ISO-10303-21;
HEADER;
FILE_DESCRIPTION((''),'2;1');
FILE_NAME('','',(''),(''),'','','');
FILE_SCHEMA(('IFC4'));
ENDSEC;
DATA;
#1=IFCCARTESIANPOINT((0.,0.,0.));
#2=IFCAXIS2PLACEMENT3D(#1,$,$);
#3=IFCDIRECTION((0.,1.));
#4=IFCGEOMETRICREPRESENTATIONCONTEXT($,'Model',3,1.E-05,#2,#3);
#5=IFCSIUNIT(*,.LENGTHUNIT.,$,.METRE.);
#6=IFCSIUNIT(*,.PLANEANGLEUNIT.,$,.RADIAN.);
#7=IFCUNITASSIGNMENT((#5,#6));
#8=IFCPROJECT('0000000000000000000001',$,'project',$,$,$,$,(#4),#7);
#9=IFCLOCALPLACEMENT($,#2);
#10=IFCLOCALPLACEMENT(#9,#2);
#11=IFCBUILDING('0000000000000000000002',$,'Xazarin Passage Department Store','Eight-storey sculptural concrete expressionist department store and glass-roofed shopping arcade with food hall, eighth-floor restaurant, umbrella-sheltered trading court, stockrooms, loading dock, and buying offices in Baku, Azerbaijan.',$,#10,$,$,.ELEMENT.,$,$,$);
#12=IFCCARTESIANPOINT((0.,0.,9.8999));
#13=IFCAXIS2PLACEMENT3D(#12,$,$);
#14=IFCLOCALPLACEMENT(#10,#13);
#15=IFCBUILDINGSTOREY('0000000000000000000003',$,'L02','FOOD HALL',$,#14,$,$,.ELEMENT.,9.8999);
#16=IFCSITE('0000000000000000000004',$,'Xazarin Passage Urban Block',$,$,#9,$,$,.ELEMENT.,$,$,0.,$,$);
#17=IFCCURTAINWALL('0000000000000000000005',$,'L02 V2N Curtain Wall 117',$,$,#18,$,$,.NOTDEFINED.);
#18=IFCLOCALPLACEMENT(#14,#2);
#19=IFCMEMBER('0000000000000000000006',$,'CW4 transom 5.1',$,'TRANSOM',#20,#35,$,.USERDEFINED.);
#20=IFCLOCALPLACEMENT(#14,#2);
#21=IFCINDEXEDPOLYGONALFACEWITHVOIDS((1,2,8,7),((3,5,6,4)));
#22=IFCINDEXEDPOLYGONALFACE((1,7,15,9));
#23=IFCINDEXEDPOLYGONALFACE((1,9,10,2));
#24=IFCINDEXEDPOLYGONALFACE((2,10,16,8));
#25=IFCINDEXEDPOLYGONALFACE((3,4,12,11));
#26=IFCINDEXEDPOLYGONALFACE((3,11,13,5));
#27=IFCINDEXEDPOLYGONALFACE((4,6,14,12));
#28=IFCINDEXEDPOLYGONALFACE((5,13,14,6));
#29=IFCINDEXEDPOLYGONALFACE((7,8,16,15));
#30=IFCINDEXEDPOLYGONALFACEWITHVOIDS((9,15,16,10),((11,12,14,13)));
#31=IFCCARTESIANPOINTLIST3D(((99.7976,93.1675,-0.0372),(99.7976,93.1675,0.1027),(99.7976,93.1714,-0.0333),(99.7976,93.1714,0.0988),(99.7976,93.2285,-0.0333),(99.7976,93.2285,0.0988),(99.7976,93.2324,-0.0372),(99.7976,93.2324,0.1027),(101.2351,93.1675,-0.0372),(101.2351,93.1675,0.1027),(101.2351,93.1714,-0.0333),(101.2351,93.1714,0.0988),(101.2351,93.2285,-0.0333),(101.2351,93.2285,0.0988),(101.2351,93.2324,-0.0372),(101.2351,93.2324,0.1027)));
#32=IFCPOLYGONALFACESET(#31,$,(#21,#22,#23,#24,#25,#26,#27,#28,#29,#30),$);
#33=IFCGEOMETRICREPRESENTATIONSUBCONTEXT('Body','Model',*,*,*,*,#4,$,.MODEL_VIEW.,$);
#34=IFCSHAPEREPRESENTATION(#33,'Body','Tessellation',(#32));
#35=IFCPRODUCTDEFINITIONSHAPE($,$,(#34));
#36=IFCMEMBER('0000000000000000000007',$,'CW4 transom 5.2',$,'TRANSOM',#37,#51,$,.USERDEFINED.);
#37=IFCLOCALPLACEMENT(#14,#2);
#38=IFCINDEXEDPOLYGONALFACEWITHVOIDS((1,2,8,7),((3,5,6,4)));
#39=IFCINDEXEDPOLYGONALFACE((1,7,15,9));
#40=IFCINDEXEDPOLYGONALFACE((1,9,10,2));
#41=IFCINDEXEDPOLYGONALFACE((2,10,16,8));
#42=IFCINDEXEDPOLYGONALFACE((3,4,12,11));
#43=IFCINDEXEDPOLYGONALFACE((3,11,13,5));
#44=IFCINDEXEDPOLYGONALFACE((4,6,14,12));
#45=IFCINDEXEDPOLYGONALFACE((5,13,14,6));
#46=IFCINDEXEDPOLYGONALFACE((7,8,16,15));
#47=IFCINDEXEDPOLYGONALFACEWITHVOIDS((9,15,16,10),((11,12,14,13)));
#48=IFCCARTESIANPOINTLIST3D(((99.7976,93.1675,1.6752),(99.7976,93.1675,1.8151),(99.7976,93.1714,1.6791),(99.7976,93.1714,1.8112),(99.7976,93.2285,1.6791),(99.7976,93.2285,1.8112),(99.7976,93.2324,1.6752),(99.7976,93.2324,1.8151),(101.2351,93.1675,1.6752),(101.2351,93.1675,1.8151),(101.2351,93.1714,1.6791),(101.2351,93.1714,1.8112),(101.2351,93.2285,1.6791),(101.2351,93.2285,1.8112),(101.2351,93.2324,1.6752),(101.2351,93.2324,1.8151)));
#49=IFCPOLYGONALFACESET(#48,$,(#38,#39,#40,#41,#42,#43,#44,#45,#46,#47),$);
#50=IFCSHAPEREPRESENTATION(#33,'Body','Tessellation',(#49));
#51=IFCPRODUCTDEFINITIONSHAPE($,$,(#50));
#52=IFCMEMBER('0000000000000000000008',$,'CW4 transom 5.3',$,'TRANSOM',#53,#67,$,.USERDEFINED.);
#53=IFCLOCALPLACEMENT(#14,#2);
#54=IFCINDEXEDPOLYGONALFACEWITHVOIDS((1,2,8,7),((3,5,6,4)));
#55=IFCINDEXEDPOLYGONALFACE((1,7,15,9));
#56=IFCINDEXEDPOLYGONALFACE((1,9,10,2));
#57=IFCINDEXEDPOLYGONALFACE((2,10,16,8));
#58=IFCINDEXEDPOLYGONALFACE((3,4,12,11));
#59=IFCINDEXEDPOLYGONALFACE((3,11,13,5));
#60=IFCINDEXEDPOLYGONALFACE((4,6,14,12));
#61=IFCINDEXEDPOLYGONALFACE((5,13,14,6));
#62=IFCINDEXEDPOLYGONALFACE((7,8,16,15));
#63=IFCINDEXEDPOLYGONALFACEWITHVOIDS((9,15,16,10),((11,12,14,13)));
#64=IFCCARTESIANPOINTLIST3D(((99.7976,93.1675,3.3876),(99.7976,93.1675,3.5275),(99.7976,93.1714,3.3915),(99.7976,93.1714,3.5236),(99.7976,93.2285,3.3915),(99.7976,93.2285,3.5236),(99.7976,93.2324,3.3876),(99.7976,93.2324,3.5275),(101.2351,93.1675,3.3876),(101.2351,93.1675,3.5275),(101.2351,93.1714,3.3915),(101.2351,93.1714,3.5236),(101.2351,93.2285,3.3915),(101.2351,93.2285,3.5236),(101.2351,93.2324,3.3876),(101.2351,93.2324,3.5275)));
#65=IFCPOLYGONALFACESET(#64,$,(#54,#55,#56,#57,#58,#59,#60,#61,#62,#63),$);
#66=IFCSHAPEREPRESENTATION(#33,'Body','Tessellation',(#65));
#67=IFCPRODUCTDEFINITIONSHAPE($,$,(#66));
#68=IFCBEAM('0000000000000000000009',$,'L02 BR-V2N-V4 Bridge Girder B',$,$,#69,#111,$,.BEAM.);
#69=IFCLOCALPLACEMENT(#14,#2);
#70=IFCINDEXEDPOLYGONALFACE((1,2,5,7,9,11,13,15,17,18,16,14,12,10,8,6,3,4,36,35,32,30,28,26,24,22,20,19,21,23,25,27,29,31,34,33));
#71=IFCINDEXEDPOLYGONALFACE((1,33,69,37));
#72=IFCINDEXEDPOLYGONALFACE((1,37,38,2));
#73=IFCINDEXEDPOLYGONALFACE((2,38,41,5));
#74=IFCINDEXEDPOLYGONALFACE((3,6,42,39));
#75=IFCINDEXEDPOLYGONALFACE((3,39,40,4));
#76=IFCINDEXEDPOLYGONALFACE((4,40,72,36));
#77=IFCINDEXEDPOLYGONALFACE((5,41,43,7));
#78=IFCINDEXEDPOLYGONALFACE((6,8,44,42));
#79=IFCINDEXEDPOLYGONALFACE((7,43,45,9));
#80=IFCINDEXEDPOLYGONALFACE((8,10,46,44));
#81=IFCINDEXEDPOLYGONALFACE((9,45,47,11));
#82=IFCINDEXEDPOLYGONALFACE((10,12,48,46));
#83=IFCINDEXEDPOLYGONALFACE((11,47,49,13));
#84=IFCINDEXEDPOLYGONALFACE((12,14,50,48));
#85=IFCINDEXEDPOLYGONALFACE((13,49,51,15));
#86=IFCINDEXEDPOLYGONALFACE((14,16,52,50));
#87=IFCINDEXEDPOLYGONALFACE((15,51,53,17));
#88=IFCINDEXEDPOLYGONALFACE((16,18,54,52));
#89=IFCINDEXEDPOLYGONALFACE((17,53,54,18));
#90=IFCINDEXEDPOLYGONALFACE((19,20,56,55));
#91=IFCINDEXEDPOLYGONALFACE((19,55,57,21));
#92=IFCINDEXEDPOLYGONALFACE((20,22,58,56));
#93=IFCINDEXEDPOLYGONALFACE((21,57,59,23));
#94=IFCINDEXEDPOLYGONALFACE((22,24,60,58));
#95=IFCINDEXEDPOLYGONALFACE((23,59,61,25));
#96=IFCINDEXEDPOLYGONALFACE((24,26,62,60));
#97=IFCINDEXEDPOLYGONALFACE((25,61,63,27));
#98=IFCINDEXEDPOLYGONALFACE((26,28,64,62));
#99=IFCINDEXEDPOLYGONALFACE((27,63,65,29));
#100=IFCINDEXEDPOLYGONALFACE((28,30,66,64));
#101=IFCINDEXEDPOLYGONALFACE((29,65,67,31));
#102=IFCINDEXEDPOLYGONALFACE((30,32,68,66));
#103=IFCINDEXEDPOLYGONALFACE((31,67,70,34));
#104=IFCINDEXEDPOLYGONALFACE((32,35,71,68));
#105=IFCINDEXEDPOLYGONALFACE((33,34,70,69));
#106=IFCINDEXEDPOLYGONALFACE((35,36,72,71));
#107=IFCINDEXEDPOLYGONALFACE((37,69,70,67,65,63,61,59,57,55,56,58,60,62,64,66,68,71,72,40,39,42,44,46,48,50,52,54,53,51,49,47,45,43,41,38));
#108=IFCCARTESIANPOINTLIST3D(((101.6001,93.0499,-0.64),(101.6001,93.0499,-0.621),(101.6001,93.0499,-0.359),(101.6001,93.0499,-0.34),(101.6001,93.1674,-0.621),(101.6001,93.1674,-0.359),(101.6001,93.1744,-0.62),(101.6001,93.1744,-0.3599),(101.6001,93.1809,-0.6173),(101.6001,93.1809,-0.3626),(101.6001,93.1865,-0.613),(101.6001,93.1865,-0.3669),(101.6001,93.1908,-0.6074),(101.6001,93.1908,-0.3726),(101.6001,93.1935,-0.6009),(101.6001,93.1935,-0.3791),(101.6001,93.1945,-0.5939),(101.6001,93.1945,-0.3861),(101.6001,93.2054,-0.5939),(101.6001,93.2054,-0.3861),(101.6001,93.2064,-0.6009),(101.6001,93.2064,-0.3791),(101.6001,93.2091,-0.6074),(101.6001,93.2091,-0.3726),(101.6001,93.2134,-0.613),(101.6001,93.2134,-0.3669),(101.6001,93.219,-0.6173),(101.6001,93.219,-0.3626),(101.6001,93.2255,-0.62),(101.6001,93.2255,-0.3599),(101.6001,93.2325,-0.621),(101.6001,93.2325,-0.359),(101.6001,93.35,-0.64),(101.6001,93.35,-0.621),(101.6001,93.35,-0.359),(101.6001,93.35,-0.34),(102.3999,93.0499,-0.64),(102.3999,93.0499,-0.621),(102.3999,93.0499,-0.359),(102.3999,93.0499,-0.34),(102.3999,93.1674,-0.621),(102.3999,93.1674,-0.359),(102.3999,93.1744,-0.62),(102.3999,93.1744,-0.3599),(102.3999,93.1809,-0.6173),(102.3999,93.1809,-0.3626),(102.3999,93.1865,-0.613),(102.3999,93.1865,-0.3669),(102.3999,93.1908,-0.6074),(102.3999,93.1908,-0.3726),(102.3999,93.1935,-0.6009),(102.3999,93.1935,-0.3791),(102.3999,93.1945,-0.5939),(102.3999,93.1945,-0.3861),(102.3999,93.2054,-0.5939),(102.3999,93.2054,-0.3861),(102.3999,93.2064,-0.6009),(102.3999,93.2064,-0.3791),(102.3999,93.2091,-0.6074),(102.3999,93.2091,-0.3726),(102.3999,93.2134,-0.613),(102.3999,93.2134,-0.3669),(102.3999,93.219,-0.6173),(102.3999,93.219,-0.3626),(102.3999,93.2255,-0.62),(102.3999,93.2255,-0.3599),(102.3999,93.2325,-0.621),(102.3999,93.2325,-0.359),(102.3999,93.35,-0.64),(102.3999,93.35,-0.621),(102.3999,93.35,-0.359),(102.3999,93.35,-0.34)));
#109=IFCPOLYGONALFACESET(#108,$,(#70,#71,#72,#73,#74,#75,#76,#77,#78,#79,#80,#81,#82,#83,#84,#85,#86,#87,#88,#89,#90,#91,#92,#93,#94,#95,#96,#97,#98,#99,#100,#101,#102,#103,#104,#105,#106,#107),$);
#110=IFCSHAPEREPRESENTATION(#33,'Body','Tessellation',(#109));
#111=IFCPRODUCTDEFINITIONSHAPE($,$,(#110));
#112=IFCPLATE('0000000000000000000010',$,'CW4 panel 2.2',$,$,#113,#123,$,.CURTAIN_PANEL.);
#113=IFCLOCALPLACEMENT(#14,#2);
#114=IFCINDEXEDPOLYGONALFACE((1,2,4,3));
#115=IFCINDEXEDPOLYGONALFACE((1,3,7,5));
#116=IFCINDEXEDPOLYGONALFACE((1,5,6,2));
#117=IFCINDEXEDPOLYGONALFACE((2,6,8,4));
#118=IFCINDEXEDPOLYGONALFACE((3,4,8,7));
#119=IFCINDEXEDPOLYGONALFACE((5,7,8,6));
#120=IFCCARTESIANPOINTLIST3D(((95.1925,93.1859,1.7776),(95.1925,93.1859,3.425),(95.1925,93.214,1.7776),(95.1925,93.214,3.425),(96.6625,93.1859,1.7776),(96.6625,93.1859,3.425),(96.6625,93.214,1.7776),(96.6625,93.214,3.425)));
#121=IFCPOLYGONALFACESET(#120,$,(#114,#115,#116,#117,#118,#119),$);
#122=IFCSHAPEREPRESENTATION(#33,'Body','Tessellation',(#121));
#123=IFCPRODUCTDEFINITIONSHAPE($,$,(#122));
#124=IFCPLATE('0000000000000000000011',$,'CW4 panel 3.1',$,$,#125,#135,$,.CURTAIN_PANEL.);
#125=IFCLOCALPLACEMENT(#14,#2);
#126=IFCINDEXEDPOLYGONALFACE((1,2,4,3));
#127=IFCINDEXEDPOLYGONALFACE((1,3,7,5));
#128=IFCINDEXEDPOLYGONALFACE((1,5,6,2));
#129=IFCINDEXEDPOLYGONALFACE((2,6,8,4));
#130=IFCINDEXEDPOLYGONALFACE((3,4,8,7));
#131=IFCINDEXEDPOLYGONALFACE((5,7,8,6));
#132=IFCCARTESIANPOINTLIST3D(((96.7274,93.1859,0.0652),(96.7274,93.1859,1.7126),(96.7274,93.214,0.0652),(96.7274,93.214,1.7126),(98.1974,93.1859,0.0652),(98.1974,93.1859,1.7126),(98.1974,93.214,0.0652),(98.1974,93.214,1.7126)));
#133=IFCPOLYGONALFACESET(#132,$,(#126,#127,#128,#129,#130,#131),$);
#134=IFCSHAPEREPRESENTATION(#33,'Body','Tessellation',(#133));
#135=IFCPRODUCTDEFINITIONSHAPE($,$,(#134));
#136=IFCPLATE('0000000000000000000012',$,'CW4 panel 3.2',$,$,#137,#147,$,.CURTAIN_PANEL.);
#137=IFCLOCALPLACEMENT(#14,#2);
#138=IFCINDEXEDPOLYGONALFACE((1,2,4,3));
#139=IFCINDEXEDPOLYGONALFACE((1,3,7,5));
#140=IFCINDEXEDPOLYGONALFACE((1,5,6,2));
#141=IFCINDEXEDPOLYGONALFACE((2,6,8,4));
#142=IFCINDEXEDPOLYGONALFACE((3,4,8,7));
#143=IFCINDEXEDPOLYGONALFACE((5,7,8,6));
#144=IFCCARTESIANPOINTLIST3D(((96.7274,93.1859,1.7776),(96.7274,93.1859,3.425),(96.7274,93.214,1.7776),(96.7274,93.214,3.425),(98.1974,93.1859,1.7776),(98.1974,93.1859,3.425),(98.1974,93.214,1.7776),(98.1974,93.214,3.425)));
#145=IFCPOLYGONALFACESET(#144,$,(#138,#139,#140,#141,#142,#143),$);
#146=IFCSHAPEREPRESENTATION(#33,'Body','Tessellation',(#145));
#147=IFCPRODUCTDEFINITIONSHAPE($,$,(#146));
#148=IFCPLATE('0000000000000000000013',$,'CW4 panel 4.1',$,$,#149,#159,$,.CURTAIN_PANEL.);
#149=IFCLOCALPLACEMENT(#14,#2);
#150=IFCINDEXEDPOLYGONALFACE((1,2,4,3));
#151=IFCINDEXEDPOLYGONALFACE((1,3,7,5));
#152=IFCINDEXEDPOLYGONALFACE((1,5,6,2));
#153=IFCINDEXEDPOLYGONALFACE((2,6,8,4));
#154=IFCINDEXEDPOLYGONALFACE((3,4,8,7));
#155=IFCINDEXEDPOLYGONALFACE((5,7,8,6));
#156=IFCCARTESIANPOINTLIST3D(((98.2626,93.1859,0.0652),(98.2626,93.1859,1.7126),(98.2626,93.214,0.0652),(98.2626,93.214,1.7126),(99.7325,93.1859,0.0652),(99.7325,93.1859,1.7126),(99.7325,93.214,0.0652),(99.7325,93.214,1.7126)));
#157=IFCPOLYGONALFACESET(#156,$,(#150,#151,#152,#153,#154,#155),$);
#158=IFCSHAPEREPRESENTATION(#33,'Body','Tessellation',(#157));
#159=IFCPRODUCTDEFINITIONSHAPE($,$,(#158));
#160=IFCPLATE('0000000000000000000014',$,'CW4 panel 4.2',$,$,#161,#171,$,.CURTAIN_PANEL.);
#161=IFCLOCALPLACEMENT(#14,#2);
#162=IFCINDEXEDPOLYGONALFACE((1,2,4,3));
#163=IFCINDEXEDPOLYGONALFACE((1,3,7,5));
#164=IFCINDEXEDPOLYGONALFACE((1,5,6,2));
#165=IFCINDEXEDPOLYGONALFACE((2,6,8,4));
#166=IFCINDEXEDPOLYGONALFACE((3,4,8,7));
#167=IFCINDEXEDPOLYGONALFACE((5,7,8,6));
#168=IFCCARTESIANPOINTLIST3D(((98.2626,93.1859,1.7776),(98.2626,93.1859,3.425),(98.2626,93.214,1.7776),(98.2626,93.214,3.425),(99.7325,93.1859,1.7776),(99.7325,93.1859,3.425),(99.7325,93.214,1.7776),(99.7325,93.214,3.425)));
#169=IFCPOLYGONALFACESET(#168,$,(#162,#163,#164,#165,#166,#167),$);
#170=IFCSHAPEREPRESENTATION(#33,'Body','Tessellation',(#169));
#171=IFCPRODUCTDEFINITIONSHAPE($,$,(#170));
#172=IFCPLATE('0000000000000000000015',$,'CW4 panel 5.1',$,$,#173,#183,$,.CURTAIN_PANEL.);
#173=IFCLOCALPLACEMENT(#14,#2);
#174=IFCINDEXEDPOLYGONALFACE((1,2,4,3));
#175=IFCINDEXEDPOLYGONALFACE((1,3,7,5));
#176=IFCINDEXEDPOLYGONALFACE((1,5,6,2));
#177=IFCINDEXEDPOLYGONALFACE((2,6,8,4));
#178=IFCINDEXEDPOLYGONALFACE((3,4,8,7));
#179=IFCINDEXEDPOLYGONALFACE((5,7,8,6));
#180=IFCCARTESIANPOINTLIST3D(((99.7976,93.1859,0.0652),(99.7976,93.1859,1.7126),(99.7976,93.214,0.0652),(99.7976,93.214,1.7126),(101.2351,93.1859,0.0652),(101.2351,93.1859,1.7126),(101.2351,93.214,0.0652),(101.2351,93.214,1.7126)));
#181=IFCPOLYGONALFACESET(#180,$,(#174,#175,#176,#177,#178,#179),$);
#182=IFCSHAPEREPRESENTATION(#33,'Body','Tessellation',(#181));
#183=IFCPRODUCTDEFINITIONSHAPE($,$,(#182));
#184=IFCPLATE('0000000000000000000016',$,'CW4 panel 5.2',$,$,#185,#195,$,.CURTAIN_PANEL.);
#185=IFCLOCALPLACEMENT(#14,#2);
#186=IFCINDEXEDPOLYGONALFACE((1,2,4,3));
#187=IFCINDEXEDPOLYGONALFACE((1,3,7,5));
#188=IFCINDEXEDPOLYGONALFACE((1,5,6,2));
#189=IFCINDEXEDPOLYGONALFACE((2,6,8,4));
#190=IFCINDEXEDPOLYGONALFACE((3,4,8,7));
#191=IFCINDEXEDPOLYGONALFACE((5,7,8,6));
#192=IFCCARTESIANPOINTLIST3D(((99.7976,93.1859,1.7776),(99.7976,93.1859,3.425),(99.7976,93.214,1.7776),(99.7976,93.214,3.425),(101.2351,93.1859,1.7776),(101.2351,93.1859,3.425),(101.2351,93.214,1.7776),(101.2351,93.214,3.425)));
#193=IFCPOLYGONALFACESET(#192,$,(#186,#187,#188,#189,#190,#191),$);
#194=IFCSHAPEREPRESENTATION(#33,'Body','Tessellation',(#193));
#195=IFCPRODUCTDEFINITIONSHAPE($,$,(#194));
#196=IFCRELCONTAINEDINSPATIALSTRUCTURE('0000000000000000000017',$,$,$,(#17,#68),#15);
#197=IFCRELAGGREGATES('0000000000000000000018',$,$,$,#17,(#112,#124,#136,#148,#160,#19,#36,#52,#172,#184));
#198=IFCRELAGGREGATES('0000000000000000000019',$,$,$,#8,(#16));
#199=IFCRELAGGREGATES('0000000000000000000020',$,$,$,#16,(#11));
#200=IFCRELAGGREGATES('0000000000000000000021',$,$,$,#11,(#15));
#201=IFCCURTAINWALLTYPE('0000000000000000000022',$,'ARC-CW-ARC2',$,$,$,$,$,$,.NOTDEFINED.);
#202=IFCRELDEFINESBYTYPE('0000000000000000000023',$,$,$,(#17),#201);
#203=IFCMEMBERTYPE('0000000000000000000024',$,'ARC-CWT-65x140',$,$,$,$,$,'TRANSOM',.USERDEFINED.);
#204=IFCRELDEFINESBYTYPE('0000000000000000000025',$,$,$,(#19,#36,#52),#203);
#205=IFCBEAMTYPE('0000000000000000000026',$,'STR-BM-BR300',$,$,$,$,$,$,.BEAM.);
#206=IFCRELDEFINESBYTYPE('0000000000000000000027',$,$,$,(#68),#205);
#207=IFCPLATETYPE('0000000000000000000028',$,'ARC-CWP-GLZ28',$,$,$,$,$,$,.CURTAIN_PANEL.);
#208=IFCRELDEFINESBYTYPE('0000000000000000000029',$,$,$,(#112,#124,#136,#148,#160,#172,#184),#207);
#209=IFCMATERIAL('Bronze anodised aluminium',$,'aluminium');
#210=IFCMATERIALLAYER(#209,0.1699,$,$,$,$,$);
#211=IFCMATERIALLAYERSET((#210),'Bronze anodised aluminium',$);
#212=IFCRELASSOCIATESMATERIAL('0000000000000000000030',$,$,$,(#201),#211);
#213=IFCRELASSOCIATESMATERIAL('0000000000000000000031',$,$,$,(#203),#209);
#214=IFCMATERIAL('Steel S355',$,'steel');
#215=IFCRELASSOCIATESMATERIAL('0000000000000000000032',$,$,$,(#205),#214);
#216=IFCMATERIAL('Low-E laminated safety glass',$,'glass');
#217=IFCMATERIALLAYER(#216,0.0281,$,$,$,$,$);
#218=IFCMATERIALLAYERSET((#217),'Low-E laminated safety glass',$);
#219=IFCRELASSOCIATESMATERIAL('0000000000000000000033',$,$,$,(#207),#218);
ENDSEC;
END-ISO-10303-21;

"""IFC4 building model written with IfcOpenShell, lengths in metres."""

from ifc_helpers import new_model, si_unit, direction, frame, origin, origin_2d, place, context, subcontext, project, spatial, rectangle, hollow_rectangle, i_section, extrude, material, layer, layer_set, material_profile, profile_set, type_object, element, aggregate, save


model = new_model("IFC4")

# Units and contexts
model_context = context("Model", 3, precision=1e-05, world=origin(), true_north=direction((0.0, 1.0)))
body_context = subcontext(model_context, "Body", "Model", "MODEL_VIEW")
ifc_project = project(units=[si_unit("LENGTHUNIT", "METRE"), si_unit("PLANEANGLEUNIT", "RADIAN")], contexts=[model_context])

# Site, building, storey
site_placement = place(None, origin())
site = spatial("IfcSite", under=ifc_project, at=site_placement, Name="Xazarin Passage Urban Block", CompositionType="ELEMENT", RefElevation=0.0)
building_placement = place(site_placement, origin())
building = spatial("IfcBuilding", under=site, at=building_placement, Name="Xazarin Passage Department Store", Description="Eight-storey sculptural concrete expressionist department store and glass-roofed shopping arcade with food hall, eighth-floor restaurant, umbrella-sheltered trading court, stockrooms, loading dock, and buying offices in Baku, Azerbaijan.", CompositionType="ELEMENT")
storey_placement = place(building_placement, frame((0.0, 0.0, 9.8999)))
storey = spatial("IfcBuildingStorey", under=building, at=storey_placement, Name="L02", Description="FOOD HALL", CompositionType="ELEMENT", Elevation=9.8999)

# Curtain wall, members
ifc_material_1 = material(Name="Bronze anodised aluminium", Category="aluminium")
ifc_layer_1 = layer(ifc_material_1, 0.1699)
ifc_layer_set_1 = layer_set([ifc_layer_1], Name="Bronze anodised aluminium")
curtain_wall_type = type_object("IfcCurtainWallType", Name="ARC-CW-ARC2", PredefinedType="NOTDEFINED", material=ifc_layer_set_1)
curtain_wall_placement = place(storey_placement, origin())
curtain_wall = element("IfcCurtainWall", 1, at=curtain_wall_placement, inside=storey, type_object=curtain_wall_type, Name="L02 V2N Curtain Wall 117", PredefinedType="NOTDEFINED")
ifc_material_profile_1 = material_profile(ifc_material_1, hollow_rectangle(XDim=0.0649, YDim=0.1399, WallThickness=0.0039, at=origin_2d()), Name="ALU 65x140")
ifc_profile_set_1 = profile_set([ifc_material_profile_1], Name="Bronze anodised aluminium")
member_type_1 = type_object("IfcMemberType", Name="ARC-CWT-65x140", ElementType="TRANSOM", PredefinedType="USERDEFINED", material=ifc_profile_set_1)
member_1_placement = place(storey_placement, frame((99.7976, 93.2, 0.0327), z_axis=(1.0, 0.0, 0.0), x_axis=(0.0, 1.0, 0.0)))
member_1 = element("IfcMember", 2, at=member_1_placement, type_object=member_type_1, Name="CW4 transom 5.1", ObjectType="TRANSOM", PredefinedType="USERDEFINED", context=body_context, shape_type="SweptSolid", body=[
    extrude(hollow_rectangle(XDim=0.0649, YDim=0.1399, WallThickness=0.0039, at=origin_2d()), origin(), (0.0, 0.0, 1.0), 1.4375),
])
member_2_placement = place(storey_placement, frame((99.7976, 93.2, 1.7451), z_axis=(1.0, 0.0, 0.0), x_axis=(0.0, 1.0, 0.0)))
member_2 = element("IfcMember", 3, at=member_2_placement, type_object=member_type_1, Name="CW4 transom 5.2", ObjectType="TRANSOM", PredefinedType="USERDEFINED", context=body_context, shape_type="SweptSolid", body=[
    extrude(hollow_rectangle(XDim=0.0649, YDim=0.1399, WallThickness=0.0039, at=origin_2d()), origin(), (0.0, 0.0, 1.0), 1.4375),
])
member_3_placement = place(storey_placement, frame((99.7976, 93.2, 3.4575), z_axis=(1.0, 0.0, 0.0), x_axis=(0.0, 1.0, 0.0)))
member_3 = element("IfcMember", 4, at=member_3_placement, type_object=member_type_1, Name="CW4 transom 5.3", ObjectType="TRANSOM", PredefinedType="USERDEFINED", context=body_context, shape_type="SweptSolid", body=[
    extrude(hollow_rectangle(XDim=0.0649, YDim=0.1399, WallThickness=0.0039, at=origin_2d()), origin(), (0.0, 0.0, 1.0), 1.4375),
])

# Beam
ifc_material_2 = material(Name="Steel S355", Category="steel")
ifc_material_profile_2 = material_profile(ifc_material_2, i_section(OverallWidth=0.3, OverallDepth=0.3, WebThickness=0.011, FlangeThickness=0.019, FilletRadius=0.0271, at=origin_2d()), Name="HEB 300")
ifc_profile_set_2 = profile_set([ifc_material_profile_2], Name="Steel S355")
beam_type = type_object("IfcBeamType", Name="STR-BM-BR300", PredefinedType="BEAM", material=ifc_profile_set_2)
beam_placement = place(storey_placement, frame((101.6001, 93.2, -0.49), z_axis=(1.0, 0.0, 0.0), x_axis=(0.0, 1.0, 0.0)))
element("IfcBeam", 5, at=beam_placement, inside=storey, type_object=beam_type, Name="L02 BR-V2N-V4 Bridge Girder B", PredefinedType="BEAM", context=body_context, shape_type="SweptSolid", body=[
    extrude(i_section(OverallWidth=0.3, OverallDepth=0.3, WebThickness=0.011, FlangeThickness=0.019, FilletRadius=0.0271, at=origin_2d()), origin(), (0.0, 0.0, 1.0), 0.7998),
])

# Plates
ifc_material_3 = material(Name="Low-E laminated safety glass", Category="glass")
ifc_layer_2 = layer(ifc_material_3, 0.0281)
ifc_layer_set_2 = layer_set([ifc_layer_2], Name="Low-E laminated safety glass")
plate_type = type_object("IfcPlateType", Name="ARC-CWP-GLZ28", PredefinedType="CURTAIN_PANEL", material=ifc_layer_set_2)
plate_1_placement = place(storey_placement, frame((95.9275, 93.2, 1.7776), z_axis=(0.0, 0.0, 1.0), x_axis=(1.0, 0.0, 0.0)))
plate_1 = element("IfcPlate", 6, at=plate_1_placement, type_object=plate_type, Name="CW4 panel 2.2", PredefinedType="CURTAIN_PANEL", context=body_context, shape_type="SweptSolid", body=[
    extrude(rectangle(XDim=1.47, YDim=0.0281, at=origin_2d()), origin(), (0.0, 0.0, 1.0), 1.6475),
])
plate_2_placement = place(storey_placement, frame((97.4624, 93.2, 0.0652), z_axis=(0.0, 0.0, 1.0), x_axis=(1.0, 0.0, 0.0)))
plate_2 = element("IfcPlate", 7, at=plate_2_placement, type_object=plate_type, Name="CW4 panel 3.1", PredefinedType="CURTAIN_PANEL", context=body_context, shape_type="SweptSolid", body=[
    extrude(rectangle(XDim=1.47, YDim=0.0281, at=origin_2d()), origin(), (0.0, 0.0, 1.0), 1.6475),
])
plate_3_placement = place(storey_placement, frame((97.4624, 93.2, 1.7776), z_axis=(0.0, 0.0, 1.0), x_axis=(1.0, 0.0, 0.0)))
plate_3 = element("IfcPlate", 8, at=plate_3_placement, type_object=plate_type, Name="CW4 panel 3.2", PredefinedType="CURTAIN_PANEL", context=body_context, shape_type="SweptSolid", body=[
    extrude(rectangle(XDim=1.47, YDim=0.0281, at=origin_2d()), origin(), (0.0, 0.0, 1.0), 1.6475),
])
plate_4_placement = place(storey_placement, frame((98.9976, 93.2, 0.0652), z_axis=(0.0, 0.0, 1.0), x_axis=(1.0, 0.0, 0.0)))
plate_4 = element("IfcPlate", 9, at=plate_4_placement, type_object=plate_type, Name="CW4 panel 4.1", PredefinedType="CURTAIN_PANEL", context=body_context, shape_type="SweptSolid", body=[
    extrude(rectangle(XDim=1.47, YDim=0.0281, at=origin_2d()), origin(), (0.0, 0.0, 1.0), 1.6475),
])
plate_5_placement = place(storey_placement, frame((98.9976, 93.2, 1.7776), z_axis=(0.0, 0.0, 1.0), x_axis=(1.0, 0.0, 0.0)))
plate_5 = element("IfcPlate", 10, at=plate_5_placement, type_object=plate_type, Name="CW4 panel 4.2", PredefinedType="CURTAIN_PANEL", context=body_context, shape_type="SweptSolid", body=[
    extrude(rectangle(XDim=1.47, YDim=0.0281, at=origin_2d()), origin(), (0.0, 0.0, 1.0), 1.6475),
])
plate_6_placement = place(storey_placement, frame((100.5164, 93.2, 0.0652), z_axis=(0.0, 0.0, 1.0), x_axis=(1.0, 0.0, 0.0)))
plate_6 = element("IfcPlate", 11, at=plate_6_placement, type_object=plate_type, Name="CW4 panel 5.1", PredefinedType="CURTAIN_PANEL", context=body_context, shape_type="SweptSolid", body=[
    extrude(rectangle(XDim=1.4375, YDim=0.0281, at=origin_2d()), origin(), (0.0, 0.0, 1.0), 1.6475),
])
plate_7_placement = place(storey_placement, frame((100.5164, 93.2, 1.7776), z_axis=(0.0, 0.0, 1.0), x_axis=(1.0, 0.0, 0.0)))
plate_7 = element("IfcPlate", 12, at=plate_7_placement, type_object=plate_type, Name="CW4 panel 5.2", PredefinedType="CURTAIN_PANEL", context=body_context, shape_type="SweptSolid", body=[
    extrude(rectangle(XDim=1.4375, YDim=0.0281, at=origin_2d()), origin(), (0.0, 0.0, 1.0), 1.6475),
])
aggregate(curtain_wall, [plate_1, plate_2, plate_3, plate_4, plate_5, member_1, member_2, member_3, plate_6, plate_7])

save(model, "model.ifc")
